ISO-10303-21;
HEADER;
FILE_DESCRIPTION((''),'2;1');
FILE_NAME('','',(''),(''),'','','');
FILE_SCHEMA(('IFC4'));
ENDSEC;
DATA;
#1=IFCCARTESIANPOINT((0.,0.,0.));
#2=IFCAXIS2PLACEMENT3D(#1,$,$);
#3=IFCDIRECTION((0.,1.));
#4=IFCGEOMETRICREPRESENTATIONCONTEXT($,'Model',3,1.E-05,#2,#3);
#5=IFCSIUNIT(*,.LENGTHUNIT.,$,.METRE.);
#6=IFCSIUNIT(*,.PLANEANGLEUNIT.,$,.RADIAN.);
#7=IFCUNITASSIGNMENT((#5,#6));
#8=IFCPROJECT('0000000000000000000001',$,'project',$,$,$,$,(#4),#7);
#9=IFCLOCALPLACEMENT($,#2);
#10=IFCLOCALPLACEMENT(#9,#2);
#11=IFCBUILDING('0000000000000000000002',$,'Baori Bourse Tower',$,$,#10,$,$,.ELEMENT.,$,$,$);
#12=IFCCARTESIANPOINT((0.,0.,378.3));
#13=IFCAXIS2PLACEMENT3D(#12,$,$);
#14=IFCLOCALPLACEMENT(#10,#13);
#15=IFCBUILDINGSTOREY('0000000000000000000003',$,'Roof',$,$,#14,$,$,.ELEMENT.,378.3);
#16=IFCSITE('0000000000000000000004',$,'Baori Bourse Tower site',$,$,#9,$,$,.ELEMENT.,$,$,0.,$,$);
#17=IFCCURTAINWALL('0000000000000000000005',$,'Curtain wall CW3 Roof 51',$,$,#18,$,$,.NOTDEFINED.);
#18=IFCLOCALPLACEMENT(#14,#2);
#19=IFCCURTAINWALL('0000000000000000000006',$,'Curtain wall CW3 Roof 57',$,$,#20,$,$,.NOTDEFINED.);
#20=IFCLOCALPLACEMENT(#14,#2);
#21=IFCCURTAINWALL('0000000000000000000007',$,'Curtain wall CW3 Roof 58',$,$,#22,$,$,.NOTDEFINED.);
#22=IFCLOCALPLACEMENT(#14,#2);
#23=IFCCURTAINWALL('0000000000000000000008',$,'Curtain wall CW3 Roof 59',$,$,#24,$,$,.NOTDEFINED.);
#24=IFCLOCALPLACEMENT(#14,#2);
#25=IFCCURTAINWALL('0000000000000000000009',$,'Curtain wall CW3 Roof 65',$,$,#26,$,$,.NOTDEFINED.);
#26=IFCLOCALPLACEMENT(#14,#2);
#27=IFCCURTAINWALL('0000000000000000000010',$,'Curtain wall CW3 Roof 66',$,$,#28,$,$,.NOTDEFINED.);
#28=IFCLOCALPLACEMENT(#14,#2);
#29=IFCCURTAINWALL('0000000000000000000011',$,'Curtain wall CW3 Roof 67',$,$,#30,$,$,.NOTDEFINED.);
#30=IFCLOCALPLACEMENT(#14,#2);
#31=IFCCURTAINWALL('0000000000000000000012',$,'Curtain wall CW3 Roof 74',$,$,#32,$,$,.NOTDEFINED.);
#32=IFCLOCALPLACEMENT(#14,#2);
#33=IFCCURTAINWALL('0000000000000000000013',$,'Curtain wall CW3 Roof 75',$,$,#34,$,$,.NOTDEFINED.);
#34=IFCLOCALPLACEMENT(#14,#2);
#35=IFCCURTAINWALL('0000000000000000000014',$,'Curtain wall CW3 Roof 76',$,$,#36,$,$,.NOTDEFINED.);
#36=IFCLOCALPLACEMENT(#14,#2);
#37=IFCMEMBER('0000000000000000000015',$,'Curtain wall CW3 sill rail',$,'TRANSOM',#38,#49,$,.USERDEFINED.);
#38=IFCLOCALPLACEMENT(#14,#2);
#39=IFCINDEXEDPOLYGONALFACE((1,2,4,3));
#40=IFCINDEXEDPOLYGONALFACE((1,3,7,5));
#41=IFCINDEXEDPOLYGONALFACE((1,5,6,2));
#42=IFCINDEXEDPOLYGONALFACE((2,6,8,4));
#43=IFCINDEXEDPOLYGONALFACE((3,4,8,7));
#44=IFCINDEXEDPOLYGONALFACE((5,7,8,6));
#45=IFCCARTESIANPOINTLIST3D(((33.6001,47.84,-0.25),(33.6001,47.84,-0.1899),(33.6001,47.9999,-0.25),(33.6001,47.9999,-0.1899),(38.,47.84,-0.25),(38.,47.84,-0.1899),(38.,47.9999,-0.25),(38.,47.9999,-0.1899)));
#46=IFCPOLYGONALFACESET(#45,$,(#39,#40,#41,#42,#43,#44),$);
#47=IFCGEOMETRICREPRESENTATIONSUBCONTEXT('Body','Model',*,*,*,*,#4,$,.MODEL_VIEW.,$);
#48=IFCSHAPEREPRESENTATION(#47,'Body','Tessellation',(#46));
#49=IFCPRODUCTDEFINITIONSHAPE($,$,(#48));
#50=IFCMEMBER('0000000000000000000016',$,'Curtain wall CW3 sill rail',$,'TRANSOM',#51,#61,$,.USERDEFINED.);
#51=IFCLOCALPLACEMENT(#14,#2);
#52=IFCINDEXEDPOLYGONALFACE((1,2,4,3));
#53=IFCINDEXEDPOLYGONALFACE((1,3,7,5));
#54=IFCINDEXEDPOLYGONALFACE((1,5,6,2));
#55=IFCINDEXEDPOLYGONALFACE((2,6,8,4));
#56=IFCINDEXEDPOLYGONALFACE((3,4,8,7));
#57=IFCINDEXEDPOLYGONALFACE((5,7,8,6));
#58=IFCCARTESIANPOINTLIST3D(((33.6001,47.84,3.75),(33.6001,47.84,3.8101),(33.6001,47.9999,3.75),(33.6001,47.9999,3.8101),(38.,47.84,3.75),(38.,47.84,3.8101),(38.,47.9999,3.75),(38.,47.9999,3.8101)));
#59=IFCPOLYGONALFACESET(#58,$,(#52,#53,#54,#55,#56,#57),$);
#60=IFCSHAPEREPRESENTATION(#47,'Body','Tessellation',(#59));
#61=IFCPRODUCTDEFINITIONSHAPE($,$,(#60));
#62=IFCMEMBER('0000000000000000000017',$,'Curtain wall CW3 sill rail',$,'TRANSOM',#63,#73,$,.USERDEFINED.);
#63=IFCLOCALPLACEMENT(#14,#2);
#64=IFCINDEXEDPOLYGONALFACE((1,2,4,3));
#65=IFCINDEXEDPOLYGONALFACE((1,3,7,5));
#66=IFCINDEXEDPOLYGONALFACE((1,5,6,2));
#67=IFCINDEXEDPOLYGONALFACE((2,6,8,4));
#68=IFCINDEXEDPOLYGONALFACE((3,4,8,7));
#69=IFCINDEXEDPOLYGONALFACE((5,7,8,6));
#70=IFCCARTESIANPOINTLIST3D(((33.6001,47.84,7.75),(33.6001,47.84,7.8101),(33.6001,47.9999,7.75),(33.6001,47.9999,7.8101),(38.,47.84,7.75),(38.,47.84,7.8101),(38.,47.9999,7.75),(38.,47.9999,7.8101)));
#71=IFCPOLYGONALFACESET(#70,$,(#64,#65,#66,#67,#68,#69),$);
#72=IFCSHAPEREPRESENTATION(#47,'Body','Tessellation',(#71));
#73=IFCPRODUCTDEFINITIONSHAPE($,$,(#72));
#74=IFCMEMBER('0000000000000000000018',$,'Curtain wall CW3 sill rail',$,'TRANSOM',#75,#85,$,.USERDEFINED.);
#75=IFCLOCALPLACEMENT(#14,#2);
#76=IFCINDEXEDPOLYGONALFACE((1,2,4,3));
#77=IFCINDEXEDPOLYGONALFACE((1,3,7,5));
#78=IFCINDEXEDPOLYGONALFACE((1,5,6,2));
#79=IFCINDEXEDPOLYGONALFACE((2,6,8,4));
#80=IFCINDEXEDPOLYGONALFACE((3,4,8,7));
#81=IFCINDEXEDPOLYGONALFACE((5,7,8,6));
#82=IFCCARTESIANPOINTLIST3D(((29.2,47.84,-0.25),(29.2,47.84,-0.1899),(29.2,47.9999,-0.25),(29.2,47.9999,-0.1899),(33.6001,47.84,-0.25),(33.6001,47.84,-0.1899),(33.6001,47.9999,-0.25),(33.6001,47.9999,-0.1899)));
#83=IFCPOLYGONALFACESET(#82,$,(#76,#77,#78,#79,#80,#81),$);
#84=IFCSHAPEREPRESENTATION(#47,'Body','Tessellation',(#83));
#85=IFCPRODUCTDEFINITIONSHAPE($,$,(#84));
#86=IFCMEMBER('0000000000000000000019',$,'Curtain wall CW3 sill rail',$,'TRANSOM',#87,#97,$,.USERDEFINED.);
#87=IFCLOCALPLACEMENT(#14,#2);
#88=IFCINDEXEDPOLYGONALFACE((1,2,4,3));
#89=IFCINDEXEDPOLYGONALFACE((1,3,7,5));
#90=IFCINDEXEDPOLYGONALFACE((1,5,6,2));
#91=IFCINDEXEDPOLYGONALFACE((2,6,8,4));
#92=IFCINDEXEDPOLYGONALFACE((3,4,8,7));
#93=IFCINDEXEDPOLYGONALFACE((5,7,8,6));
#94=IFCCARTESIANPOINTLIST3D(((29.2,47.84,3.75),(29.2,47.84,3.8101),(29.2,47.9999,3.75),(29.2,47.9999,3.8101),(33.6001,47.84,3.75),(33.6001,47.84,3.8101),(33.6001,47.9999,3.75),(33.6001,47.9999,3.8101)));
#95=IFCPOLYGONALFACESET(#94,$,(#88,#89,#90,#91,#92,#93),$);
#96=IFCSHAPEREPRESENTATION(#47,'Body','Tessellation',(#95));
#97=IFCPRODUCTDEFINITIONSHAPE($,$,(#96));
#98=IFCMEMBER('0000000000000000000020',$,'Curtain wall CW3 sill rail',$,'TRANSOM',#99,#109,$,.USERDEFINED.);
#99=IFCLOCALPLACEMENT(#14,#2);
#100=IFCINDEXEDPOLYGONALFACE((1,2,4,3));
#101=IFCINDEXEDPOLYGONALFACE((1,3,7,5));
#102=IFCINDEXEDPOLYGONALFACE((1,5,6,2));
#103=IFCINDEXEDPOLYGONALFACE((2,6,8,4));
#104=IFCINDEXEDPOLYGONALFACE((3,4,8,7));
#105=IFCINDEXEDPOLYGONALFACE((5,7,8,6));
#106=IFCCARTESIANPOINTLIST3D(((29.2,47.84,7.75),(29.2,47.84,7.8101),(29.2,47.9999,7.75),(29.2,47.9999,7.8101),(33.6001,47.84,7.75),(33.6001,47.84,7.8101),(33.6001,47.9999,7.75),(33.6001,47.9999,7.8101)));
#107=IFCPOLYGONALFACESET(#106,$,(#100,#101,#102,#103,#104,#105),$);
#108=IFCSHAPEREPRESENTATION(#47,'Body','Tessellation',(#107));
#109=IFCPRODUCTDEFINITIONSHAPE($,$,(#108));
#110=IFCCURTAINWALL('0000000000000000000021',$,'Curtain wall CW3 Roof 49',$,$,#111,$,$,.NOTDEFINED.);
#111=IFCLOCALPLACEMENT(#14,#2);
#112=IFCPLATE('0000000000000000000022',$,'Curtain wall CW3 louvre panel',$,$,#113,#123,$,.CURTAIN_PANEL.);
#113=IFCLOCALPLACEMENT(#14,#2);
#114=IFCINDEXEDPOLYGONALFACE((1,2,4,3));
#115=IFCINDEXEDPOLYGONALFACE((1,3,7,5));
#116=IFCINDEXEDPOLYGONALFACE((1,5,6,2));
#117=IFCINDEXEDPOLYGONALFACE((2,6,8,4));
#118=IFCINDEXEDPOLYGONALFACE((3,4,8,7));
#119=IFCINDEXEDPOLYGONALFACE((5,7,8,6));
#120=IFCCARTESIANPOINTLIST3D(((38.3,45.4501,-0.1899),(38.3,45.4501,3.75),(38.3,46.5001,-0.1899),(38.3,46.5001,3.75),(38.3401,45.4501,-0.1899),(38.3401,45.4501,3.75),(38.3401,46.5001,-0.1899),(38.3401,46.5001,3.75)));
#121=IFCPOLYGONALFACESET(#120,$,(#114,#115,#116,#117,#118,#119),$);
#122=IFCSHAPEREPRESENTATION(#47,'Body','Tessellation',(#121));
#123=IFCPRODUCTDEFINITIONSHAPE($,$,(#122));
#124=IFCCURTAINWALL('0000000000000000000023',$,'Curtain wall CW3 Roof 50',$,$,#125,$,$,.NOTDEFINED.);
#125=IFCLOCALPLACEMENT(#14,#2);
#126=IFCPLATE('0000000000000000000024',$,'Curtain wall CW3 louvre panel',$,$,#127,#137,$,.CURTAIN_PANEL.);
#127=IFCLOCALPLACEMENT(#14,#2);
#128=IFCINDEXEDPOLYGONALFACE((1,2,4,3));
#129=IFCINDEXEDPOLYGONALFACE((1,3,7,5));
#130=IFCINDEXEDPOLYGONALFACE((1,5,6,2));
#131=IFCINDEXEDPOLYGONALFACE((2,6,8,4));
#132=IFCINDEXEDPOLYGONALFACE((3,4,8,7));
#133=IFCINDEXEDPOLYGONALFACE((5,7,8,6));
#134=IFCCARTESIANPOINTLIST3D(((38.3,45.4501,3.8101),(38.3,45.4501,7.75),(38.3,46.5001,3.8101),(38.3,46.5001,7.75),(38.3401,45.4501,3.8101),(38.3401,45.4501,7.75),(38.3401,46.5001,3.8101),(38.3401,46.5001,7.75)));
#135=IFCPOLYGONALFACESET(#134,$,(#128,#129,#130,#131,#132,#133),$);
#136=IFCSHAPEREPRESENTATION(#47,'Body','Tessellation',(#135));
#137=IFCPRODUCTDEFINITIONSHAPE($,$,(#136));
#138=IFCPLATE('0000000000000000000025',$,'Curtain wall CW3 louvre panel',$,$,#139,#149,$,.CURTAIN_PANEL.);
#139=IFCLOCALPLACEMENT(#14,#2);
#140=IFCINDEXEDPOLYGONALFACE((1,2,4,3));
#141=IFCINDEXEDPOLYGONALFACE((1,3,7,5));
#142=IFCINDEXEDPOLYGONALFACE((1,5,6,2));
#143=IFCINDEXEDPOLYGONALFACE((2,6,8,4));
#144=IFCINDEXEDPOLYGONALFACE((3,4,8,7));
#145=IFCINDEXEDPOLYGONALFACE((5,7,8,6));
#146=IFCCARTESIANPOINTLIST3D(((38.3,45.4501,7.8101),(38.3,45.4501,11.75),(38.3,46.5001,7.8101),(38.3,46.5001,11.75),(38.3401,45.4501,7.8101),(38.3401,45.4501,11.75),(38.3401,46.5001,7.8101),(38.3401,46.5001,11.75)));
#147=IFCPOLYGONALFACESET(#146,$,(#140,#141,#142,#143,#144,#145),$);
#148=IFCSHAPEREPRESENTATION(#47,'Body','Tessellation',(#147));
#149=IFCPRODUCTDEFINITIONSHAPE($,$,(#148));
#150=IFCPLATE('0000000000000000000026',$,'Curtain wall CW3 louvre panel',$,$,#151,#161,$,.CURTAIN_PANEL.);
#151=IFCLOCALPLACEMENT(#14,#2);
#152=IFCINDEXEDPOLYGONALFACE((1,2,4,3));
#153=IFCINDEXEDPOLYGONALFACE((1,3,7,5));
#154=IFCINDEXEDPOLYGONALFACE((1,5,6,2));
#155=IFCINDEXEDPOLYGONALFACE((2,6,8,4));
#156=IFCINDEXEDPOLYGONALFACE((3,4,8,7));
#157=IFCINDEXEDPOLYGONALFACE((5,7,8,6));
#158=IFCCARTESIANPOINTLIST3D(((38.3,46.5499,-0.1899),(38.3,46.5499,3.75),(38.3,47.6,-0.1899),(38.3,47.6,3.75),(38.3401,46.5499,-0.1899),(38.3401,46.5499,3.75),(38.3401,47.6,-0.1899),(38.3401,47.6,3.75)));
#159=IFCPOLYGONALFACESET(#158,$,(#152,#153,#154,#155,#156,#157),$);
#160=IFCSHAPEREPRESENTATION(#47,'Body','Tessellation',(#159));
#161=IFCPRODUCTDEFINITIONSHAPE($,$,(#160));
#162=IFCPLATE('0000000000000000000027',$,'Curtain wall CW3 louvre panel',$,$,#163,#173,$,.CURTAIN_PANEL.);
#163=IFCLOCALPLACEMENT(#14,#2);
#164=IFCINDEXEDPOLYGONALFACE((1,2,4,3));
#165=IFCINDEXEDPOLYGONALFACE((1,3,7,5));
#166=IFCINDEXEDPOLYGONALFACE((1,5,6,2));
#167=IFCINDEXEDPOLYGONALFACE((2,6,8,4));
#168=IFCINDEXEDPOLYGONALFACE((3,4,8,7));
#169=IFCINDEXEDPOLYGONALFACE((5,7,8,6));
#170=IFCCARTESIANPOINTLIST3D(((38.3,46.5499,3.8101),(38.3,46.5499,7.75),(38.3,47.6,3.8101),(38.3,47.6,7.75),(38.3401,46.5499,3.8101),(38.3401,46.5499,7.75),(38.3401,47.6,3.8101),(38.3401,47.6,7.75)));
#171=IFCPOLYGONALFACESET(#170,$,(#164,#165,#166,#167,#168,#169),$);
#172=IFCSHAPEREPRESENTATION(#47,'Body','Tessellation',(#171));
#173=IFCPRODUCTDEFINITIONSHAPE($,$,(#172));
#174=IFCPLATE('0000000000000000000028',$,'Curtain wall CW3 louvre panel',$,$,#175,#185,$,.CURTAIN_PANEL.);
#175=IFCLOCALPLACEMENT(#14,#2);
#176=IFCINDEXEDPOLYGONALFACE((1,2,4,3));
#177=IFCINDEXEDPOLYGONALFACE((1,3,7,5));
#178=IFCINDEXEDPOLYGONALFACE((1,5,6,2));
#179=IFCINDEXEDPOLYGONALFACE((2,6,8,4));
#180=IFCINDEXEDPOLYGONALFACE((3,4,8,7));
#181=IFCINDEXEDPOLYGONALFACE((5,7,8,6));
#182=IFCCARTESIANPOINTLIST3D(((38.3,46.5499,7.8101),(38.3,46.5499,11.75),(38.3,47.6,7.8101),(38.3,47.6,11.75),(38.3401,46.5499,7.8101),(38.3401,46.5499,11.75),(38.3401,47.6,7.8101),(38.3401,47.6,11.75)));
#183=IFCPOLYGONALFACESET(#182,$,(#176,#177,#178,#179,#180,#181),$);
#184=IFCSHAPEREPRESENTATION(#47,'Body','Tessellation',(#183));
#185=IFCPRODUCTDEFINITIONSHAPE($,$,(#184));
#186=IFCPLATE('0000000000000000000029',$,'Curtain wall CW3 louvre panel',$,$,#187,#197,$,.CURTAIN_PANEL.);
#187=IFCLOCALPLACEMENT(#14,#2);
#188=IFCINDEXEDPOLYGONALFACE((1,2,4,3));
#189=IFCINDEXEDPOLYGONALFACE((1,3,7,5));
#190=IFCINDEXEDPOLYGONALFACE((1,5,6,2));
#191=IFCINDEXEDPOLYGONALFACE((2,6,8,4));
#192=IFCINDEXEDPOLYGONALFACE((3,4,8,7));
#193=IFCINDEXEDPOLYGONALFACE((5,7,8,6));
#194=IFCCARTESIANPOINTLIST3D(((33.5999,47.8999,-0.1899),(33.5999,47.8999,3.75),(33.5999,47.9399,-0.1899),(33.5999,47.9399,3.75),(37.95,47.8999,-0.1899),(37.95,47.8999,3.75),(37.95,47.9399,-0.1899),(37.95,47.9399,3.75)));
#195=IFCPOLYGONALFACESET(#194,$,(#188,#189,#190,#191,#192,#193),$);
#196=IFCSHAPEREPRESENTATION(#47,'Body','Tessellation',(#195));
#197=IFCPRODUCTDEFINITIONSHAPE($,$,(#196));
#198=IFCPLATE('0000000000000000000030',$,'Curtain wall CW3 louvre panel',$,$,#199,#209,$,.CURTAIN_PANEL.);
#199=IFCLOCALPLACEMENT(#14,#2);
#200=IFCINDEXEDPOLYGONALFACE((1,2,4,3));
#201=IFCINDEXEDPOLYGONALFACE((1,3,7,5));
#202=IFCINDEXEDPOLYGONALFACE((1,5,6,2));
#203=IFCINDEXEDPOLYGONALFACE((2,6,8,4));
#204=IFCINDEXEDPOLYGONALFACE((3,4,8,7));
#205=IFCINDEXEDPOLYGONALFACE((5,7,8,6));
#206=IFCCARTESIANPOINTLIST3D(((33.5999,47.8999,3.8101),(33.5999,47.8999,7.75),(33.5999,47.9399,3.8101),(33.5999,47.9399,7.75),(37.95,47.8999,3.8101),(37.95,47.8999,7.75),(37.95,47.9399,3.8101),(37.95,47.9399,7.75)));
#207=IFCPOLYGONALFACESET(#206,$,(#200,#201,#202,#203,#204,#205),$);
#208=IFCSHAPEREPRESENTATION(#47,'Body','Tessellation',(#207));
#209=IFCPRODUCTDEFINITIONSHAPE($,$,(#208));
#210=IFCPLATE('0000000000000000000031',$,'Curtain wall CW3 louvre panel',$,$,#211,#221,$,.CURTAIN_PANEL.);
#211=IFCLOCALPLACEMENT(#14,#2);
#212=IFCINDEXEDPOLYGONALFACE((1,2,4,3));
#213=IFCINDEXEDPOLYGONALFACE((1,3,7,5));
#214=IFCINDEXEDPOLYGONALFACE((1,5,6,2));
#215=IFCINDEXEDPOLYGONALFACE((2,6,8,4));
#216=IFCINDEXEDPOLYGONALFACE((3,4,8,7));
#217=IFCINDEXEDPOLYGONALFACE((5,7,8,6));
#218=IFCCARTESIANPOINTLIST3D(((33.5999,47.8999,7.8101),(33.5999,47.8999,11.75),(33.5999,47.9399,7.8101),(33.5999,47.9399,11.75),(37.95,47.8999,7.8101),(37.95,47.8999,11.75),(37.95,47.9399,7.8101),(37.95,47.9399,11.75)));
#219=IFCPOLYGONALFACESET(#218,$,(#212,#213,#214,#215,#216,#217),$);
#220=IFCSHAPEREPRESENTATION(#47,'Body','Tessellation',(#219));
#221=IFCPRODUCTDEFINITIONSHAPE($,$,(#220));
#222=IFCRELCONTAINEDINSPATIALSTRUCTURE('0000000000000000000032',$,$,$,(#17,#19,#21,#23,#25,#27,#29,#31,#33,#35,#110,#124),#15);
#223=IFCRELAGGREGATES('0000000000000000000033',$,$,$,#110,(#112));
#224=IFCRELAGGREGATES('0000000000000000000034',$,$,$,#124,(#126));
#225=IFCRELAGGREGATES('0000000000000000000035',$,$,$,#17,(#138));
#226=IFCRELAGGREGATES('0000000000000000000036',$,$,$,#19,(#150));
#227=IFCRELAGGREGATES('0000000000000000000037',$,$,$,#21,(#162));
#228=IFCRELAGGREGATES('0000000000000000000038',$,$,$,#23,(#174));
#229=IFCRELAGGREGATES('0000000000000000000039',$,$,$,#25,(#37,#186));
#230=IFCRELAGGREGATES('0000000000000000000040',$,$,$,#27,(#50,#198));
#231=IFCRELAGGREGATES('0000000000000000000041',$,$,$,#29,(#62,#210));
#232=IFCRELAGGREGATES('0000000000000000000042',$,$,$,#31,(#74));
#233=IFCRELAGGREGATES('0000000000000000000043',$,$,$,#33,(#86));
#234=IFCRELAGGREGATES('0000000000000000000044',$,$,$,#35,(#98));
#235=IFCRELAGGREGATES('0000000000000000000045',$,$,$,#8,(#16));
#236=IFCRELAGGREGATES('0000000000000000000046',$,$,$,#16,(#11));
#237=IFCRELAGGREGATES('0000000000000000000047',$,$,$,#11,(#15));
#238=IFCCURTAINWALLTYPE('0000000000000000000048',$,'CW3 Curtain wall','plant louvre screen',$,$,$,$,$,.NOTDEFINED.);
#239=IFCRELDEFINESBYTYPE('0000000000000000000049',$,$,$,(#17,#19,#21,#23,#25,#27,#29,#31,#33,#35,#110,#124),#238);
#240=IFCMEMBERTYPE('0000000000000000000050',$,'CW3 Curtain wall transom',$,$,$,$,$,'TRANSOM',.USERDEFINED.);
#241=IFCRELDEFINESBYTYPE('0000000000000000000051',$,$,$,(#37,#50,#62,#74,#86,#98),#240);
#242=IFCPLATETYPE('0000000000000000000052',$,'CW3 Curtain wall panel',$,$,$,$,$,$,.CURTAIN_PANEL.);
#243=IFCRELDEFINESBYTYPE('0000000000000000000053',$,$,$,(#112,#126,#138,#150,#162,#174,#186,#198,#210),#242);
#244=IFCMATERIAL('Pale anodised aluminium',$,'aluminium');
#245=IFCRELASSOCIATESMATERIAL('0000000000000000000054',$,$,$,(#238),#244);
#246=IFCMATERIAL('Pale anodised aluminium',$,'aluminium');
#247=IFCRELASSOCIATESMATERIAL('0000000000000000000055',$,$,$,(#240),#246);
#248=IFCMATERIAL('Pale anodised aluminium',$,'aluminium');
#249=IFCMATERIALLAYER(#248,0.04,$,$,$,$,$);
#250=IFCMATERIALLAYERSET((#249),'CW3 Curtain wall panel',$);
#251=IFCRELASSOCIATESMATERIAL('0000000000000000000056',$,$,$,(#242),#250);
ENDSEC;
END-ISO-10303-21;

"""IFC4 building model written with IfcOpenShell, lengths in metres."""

from ifc_helpers import new_model, si_unit, direction, frame, origin, origin_2d, place, context, subcontext, project, spatial, rectangle, extrude, material, layer, layer_set, material_profile, profile_set, type_object, element, aggregate, save


model = new_model("IFC4")

# Units and contexts
model_context = context("Model", 3, precision=1e-05, world=origin(), true_north=direction((0.0, 1.0)))
body_context = subcontext(model_context, "Body", "Model", "MODEL_VIEW")
ifc_project = project(units=[si_unit("LENGTHUNIT", "METRE"), si_unit("PLANEANGLEUNIT", "RADIAN")], contexts=[model_context])

# Site, building, storey
site_placement = place(None, origin())
site = spatial("IfcSite", under=ifc_project, at=site_placement, Name="Baori Bourse Tower site", CompositionType="ELEMENT", RefElevation=0.0)
building_placement = place(site_placement, origin())
building = spatial("IfcBuilding", under=site, at=building_placement, Name="Baori Bourse Tower", CompositionType="ELEMENT")
storey_placement = place(building_placement, frame((0.0, 0.0, 378.3)))
storey = spatial("IfcBuildingStorey", under=building, at=storey_placement, Name="Roof", CompositionType="ELEMENT", Elevation=378.3)

# Curtain walls
ifc_material_1 = material(Name="Pale anodised aluminium", Category="aluminium")
curtain_wall_type = type_object("IfcCurtainWallType", Name="CW3 Curtain wall", Description="plant louvre screen", PredefinedType="NOTDEFINED", material=ifc_material_1)
curtain_wall_1_placement = place(storey_placement, origin())
curtain_wall_1 = element("IfcCurtainWall", 1, at=curtain_wall_1_placement, inside=storey, type_object=curtain_wall_type, Name="Curtain wall CW3 Roof 51", PredefinedType="NOTDEFINED")
curtain_wall_2_placement = place(storey_placement, origin())
curtain_wall_2 = element("IfcCurtainWall", 2, at=curtain_wall_2_placement, inside=storey, type_object=curtain_wall_type, Name="Curtain wall CW3 Roof 57", PredefinedType="NOTDEFINED")
curtain_wall_3_placement = place(storey_placement, origin())
curtain_wall_3 = element("IfcCurtainWall", 3, at=curtain_wall_3_placement, inside=storey, type_object=curtain_wall_type, Name="Curtain wall CW3 Roof 58", PredefinedType="NOTDEFINED")
curtain_wall_4_placement = place(storey_placement, origin())
curtain_wall_4 = element("IfcCurtainWall", 4, at=curtain_wall_4_placement, inside=storey, type_object=curtain_wall_type, Name="Curtain wall CW3 Roof 59", PredefinedType="NOTDEFINED")
curtain_wall_5_placement = place(storey_placement, origin())
curtain_wall_5 = element("IfcCurtainWall", 5, at=curtain_wall_5_placement, inside=storey, type_object=curtain_wall_type, Name="Curtain wall CW3 Roof 65", PredefinedType="NOTDEFINED")
curtain_wall_6_placement = place(storey_placement, origin())
curtain_wall_6 = element("IfcCurtainWall", 6, at=curtain_wall_6_placement, inside=storey, type_object=curtain_wall_type, Name="Curtain wall CW3 Roof 66", PredefinedType="NOTDEFINED")
curtain_wall_7_placement = place(storey_placement, origin())
curtain_wall_7 = element("IfcCurtainWall", 7, at=curtain_wall_7_placement, inside=storey, type_object=curtain_wall_type, Name="Curtain wall CW3 Roof 67", PredefinedType="NOTDEFINED")
curtain_wall_8_placement = place(storey_placement, origin())
curtain_wall_8 = element("IfcCurtainWall", 8, at=curtain_wall_8_placement, inside=storey, type_object=curtain_wall_type, Name="Curtain wall CW3 Roof 74", PredefinedType="NOTDEFINED")
curtain_wall_9_placement = place(storey_placement, origin())
curtain_wall_9 = element("IfcCurtainWall", 9, at=curtain_wall_9_placement, inside=storey, type_object=curtain_wall_type, Name="Curtain wall CW3 Roof 75", PredefinedType="NOTDEFINED")
curtain_wall_10_placement = place(storey_placement, origin())
curtain_wall_10 = element("IfcCurtainWall", 10, at=curtain_wall_10_placement, inside=storey, type_object=curtain_wall_type, Name="Curtain wall CW3 Roof 76", PredefinedType="NOTDEFINED")

# Members
ifc_material_2 = material(Name="Pale anodised aluminium", Category="aluminium")
ifc_material_profile_1 = material_profile(ifc_material_2, rectangle(XDim=0.1599, YDim=0.0601, at=origin_2d()), Name="Transom 60x160")
ifc_profile_set_1 = profile_set([ifc_material_profile_1], Name="Pale anodised aluminium")
member_type_1 = type_object("IfcMemberType", Name="CW3 Curtain wall transom", ElementType="TRANSOM", PredefinedType="USERDEFINED", material=ifc_profile_set_1)
member_1_placement = place(storey_placement, frame((38.0, 47.9199, -0.22), z_axis=(-1.0, 0.0, 0.0), x_axis=(0.0, -1.0, 0.0)))
member_1 = element("IfcMember", 11, at=member_1_placement, type_object=member_type_1, Name="Curtain wall CW3 sill rail", ObjectType="TRANSOM", PredefinedType="USERDEFINED", context=body_context, shape_type="SweptSolid", body=[
    extrude(rectangle(XDim=0.1599, YDim=0.0601, at=origin_2d()), origin(), (0.0, 0.0, 1.0), 4.3999),
])
member_2_placement = place(storey_placement, frame((38.0, 47.9199, 3.78), z_axis=(-1.0, 0.0, 0.0), x_axis=(0.0, -1.0, 0.0)))
member_2 = element("IfcMember", 12, at=member_2_placement, type_object=member_type_1, Name="Curtain wall CW3 sill rail", ObjectType="TRANSOM", PredefinedType="USERDEFINED", context=body_context, shape_type="SweptSolid", body=[
    extrude(rectangle(XDim=0.1599, YDim=0.0601, at=origin_2d()), origin(), (0.0, 0.0, 1.0), 4.3999),
])
member_3_placement = place(storey_placement, frame((38.0, 47.9199, 7.78), z_axis=(-1.0, 0.0, 0.0), x_axis=(0.0, -1.0, 0.0)))
member_3 = element("IfcMember", 13, at=member_3_placement, type_object=member_type_1, Name="Curtain wall CW3 sill rail", ObjectType="TRANSOM", PredefinedType="USERDEFINED", context=body_context, shape_type="SweptSolid", body=[
    extrude(rectangle(XDim=0.1599, YDim=0.0601, at=origin_2d()), origin(), (0.0, 0.0, 1.0), 4.3999),
])
member_4_placement = place(storey_placement, frame((33.6001, 47.9199, -0.22), z_axis=(-1.0, 0.0, 0.0), x_axis=(0.0, -1.0, 0.0)))
member_4 = element("IfcMember", 14, at=member_4_placement, type_object=member_type_1, Name="Curtain wall CW3 sill rail", ObjectType="TRANSOM", PredefinedType="USERDEFINED", context=body_context, shape_type="SweptSolid", body=[
    extrude(rectangle(XDim=0.1599, YDim=0.0601, at=origin_2d()), origin(), (0.0, 0.0, 1.0), 4.4001),
])
member_5_placement = place(storey_placement, frame((33.6001, 47.9199, 3.78), z_axis=(-1.0, 0.0, 0.0), x_axis=(0.0, -1.0, 0.0)))
member_5 = element("IfcMember", 15, at=member_5_placement, type_object=member_type_1, Name="Curtain wall CW3 sill rail", ObjectType="TRANSOM", PredefinedType="USERDEFINED", context=body_context, shape_type="SweptSolid", body=[
    extrude(rectangle(XDim=0.1599, YDim=0.0601, at=origin_2d()), origin(), (0.0, 0.0, 1.0), 4.4001),
])
member_6_placement = place(storey_placement, frame((33.6001, 47.9199, 7.78), z_axis=(-1.0, 0.0, 0.0), x_axis=(0.0, -1.0, 0.0)))
member_6 = element("IfcMember", 16, at=member_6_placement, type_object=member_type_1, Name="Curtain wall CW3 sill rail", ObjectType="TRANSOM", PredefinedType="USERDEFINED", context=body_context, shape_type="SweptSolid", body=[
    extrude(rectangle(XDim=0.1599, YDim=0.0601, at=origin_2d()), origin(), (0.0, 0.0, 1.0), 4.4001),
])

# Curtain walls, plates
curtain_wall_11_placement = place(storey_placement, origin())
curtain_wall_11 = element("IfcCurtainWall", 17, at=curtain_wall_11_placement, inside=storey, type_object=curtain_wall_type, Name="Curtain wall CW3 Roof 49", PredefinedType="NOTDEFINED")
ifc_material_3 = material(Name="Pale anodised aluminium", Category="aluminium")
ifc_layer = layer(ifc_material_3, 0.04)
ifc_layer_set = layer_set([ifc_layer], Name="CW3 Curtain wall panel")
plate_type = type_object("IfcPlateType", Name="CW3 Curtain wall panel", PredefinedType="CURTAIN_PANEL", material=ifc_layer_set)
plate_1_placement = place(storey_placement, frame((38.3201, 45.9751, -0.1899), z_axis=(0.0, 0.0, 1.0), x_axis=(0.0, 1.0, 0.0)))
plate_1 = element("IfcPlate", 18, at=plate_1_placement, type_object=plate_type, Name="Curtain wall CW3 louvre panel", PredefinedType="CURTAIN_PANEL", context=body_context, shape_type="SweptSolid", body=[
    extrude(rectangle(XDim=1.05, YDim=0.04, at=origin_2d()), origin(), (0.0, 0.0, 1.0), 3.9399),
])
aggregate(curtain_wall_11, [plate_1])
curtain_wall_12_placement = place(storey_placement, origin())
curtain_wall_12 = element("IfcCurtainWall", 19, at=curtain_wall_12_placement, inside=storey, type_object=curtain_wall_type, Name="Curtain wall CW3 Roof 50", PredefinedType="NOTDEFINED")
plate_2_placement = place(storey_placement, frame((38.3201, 45.9751, 3.8101), z_axis=(0.0, 0.0, 1.0), x_axis=(0.0, 1.0, 0.0)))
plate_2 = element("IfcPlate", 20, at=plate_2_placement, type_object=plate_type, Name="Curtain wall CW3 louvre panel", PredefinedType="CURTAIN_PANEL", context=body_context, shape_type="SweptSolid", body=[
    extrude(rectangle(XDim=1.05, YDim=0.04, at=origin_2d()), origin(), (0.0, 0.0, 1.0), 3.9399),
])
aggregate(curtain_wall_12, [plate_2])

# Plates
plate_3_placement = place(storey_placement, frame((38.3201, 45.9751, 7.8101), z_axis=(0.0, 0.0, 1.0), x_axis=(0.0, 1.0, 0.0)))
plate_3 = element("IfcPlate", 21, at=plate_3_placement, type_object=plate_type, Name="Curtain wall CW3 louvre panel", PredefinedType="CURTAIN_PANEL", context=body_context, shape_type="SweptSolid", body=[
    extrude(rectangle(XDim=1.05, YDim=0.04, at=origin_2d()), origin(), (0.0, 0.0, 1.0), 3.9399),
])
aggregate(curtain_wall_1, [plate_3])
plate_4_placement = place(storey_placement, frame((38.3201, 47.075, -0.1899), z_axis=(0.0, 0.0, 1.0), x_axis=(0.0, 1.0, 0.0)))
plate_4 = element("IfcPlate", 22, at=plate_4_placement, type_object=plate_type, Name="Curtain wall CW3 louvre panel", PredefinedType="CURTAIN_PANEL", context=body_context, shape_type="SweptSolid", body=[
    extrude(rectangle(XDim=1.05, YDim=0.04, at=origin_2d()), origin(), (0.0, 0.0, 1.0), 3.9399),
])
aggregate(curtain_wall_2, [plate_4])
plate_5_placement = place(storey_placement, frame((38.3201, 47.075, 3.8101), z_axis=(0.0, 0.0, 1.0), x_axis=(0.0, 1.0, 0.0)))
plate_5 = element("IfcPlate", 23, at=plate_5_placement, type_object=plate_type, Name="Curtain wall CW3 louvre panel", PredefinedType="CURTAIN_PANEL", context=body_context, shape_type="SweptSolid", body=[
    extrude(rectangle(XDim=1.05, YDim=0.04, at=origin_2d()), origin(), (0.0, 0.0, 1.0), 3.9399),
])
aggregate(curtain_wall_3, [plate_5])
plate_6_placement = place(storey_placement, frame((38.3201, 47.075, 7.8101), z_axis=(0.0, 0.0, 1.0), x_axis=(0.0, 1.0, 0.0)))
plate_6 = element("IfcPlate", 24, at=plate_6_placement, type_object=plate_type, Name="Curtain wall CW3 louvre panel", PredefinedType="CURTAIN_PANEL", context=body_context, shape_type="SweptSolid", body=[
    extrude(rectangle(XDim=1.05, YDim=0.04, at=origin_2d()), origin(), (0.0, 0.0, 1.0), 3.9399),
])
aggregate(curtain_wall_4, [plate_6])
plate_7_placement = place(storey_placement, frame((35.7749, 47.9199, -0.1899), z_axis=(0.0, 0.0, 1.0), x_axis=(-1.0, 0.0, 0.0)))
plate_7 = element("IfcPlate", 25, at=plate_7_placement, type_object=plate_type, Name="Curtain wall CW3 louvre panel", PredefinedType="CURTAIN_PANEL", context=body_context, shape_type="SweptSolid", body=[
    extrude(rectangle(XDim=4.3501, YDim=0.04, at=origin_2d()), origin(), (0.0, 0.0, 1.0), 3.9399),
])
aggregate(curtain_wall_5, [member_1, plate_7])
plate_8_placement = place(storey_placement, frame((35.7749, 47.9199, 3.8101), z_axis=(0.0, 0.0, 1.0), x_axis=(-1.0, 0.0, 0.0)))
plate_8 = element("IfcPlate", 26, at=plate_8_placement, type_object=plate_type, Name="Curtain wall CW3 louvre panel", PredefinedType="CURTAIN_PANEL", context=body_context, shape_type="SweptSolid", body=[
    extrude(rectangle(XDim=4.3501, YDim=0.04, at=origin_2d()), origin(), (0.0, 0.0, 1.0), 3.9399),
])
aggregate(curtain_wall_6, [member_2, plate_8])
plate_9_placement = place(storey_placement, frame((35.7749, 47.9199, 7.8101), z_axis=(0.0, 0.0, 1.0), x_axis=(-1.0, 0.0, 0.0)))
plate_9 = element("IfcPlate", 27, at=plate_9_placement, type_object=plate_type, Name="Curtain wall CW3 louvre panel", PredefinedType="CURTAIN_PANEL", context=body_context, shape_type="SweptSolid", body=[
    extrude(rectangle(XDim=4.3501, YDim=0.04, at=origin_2d()), origin(), (0.0, 0.0, 1.0), 3.9399),
])
aggregate(curtain_wall_7, [member_3, plate_9])
aggregate(curtain_wall_8, [member_4])
aggregate(curtain_wall_9, [member_5])
aggregate(curtain_wall_10, [member_6])

save(model, "model.ifc")
